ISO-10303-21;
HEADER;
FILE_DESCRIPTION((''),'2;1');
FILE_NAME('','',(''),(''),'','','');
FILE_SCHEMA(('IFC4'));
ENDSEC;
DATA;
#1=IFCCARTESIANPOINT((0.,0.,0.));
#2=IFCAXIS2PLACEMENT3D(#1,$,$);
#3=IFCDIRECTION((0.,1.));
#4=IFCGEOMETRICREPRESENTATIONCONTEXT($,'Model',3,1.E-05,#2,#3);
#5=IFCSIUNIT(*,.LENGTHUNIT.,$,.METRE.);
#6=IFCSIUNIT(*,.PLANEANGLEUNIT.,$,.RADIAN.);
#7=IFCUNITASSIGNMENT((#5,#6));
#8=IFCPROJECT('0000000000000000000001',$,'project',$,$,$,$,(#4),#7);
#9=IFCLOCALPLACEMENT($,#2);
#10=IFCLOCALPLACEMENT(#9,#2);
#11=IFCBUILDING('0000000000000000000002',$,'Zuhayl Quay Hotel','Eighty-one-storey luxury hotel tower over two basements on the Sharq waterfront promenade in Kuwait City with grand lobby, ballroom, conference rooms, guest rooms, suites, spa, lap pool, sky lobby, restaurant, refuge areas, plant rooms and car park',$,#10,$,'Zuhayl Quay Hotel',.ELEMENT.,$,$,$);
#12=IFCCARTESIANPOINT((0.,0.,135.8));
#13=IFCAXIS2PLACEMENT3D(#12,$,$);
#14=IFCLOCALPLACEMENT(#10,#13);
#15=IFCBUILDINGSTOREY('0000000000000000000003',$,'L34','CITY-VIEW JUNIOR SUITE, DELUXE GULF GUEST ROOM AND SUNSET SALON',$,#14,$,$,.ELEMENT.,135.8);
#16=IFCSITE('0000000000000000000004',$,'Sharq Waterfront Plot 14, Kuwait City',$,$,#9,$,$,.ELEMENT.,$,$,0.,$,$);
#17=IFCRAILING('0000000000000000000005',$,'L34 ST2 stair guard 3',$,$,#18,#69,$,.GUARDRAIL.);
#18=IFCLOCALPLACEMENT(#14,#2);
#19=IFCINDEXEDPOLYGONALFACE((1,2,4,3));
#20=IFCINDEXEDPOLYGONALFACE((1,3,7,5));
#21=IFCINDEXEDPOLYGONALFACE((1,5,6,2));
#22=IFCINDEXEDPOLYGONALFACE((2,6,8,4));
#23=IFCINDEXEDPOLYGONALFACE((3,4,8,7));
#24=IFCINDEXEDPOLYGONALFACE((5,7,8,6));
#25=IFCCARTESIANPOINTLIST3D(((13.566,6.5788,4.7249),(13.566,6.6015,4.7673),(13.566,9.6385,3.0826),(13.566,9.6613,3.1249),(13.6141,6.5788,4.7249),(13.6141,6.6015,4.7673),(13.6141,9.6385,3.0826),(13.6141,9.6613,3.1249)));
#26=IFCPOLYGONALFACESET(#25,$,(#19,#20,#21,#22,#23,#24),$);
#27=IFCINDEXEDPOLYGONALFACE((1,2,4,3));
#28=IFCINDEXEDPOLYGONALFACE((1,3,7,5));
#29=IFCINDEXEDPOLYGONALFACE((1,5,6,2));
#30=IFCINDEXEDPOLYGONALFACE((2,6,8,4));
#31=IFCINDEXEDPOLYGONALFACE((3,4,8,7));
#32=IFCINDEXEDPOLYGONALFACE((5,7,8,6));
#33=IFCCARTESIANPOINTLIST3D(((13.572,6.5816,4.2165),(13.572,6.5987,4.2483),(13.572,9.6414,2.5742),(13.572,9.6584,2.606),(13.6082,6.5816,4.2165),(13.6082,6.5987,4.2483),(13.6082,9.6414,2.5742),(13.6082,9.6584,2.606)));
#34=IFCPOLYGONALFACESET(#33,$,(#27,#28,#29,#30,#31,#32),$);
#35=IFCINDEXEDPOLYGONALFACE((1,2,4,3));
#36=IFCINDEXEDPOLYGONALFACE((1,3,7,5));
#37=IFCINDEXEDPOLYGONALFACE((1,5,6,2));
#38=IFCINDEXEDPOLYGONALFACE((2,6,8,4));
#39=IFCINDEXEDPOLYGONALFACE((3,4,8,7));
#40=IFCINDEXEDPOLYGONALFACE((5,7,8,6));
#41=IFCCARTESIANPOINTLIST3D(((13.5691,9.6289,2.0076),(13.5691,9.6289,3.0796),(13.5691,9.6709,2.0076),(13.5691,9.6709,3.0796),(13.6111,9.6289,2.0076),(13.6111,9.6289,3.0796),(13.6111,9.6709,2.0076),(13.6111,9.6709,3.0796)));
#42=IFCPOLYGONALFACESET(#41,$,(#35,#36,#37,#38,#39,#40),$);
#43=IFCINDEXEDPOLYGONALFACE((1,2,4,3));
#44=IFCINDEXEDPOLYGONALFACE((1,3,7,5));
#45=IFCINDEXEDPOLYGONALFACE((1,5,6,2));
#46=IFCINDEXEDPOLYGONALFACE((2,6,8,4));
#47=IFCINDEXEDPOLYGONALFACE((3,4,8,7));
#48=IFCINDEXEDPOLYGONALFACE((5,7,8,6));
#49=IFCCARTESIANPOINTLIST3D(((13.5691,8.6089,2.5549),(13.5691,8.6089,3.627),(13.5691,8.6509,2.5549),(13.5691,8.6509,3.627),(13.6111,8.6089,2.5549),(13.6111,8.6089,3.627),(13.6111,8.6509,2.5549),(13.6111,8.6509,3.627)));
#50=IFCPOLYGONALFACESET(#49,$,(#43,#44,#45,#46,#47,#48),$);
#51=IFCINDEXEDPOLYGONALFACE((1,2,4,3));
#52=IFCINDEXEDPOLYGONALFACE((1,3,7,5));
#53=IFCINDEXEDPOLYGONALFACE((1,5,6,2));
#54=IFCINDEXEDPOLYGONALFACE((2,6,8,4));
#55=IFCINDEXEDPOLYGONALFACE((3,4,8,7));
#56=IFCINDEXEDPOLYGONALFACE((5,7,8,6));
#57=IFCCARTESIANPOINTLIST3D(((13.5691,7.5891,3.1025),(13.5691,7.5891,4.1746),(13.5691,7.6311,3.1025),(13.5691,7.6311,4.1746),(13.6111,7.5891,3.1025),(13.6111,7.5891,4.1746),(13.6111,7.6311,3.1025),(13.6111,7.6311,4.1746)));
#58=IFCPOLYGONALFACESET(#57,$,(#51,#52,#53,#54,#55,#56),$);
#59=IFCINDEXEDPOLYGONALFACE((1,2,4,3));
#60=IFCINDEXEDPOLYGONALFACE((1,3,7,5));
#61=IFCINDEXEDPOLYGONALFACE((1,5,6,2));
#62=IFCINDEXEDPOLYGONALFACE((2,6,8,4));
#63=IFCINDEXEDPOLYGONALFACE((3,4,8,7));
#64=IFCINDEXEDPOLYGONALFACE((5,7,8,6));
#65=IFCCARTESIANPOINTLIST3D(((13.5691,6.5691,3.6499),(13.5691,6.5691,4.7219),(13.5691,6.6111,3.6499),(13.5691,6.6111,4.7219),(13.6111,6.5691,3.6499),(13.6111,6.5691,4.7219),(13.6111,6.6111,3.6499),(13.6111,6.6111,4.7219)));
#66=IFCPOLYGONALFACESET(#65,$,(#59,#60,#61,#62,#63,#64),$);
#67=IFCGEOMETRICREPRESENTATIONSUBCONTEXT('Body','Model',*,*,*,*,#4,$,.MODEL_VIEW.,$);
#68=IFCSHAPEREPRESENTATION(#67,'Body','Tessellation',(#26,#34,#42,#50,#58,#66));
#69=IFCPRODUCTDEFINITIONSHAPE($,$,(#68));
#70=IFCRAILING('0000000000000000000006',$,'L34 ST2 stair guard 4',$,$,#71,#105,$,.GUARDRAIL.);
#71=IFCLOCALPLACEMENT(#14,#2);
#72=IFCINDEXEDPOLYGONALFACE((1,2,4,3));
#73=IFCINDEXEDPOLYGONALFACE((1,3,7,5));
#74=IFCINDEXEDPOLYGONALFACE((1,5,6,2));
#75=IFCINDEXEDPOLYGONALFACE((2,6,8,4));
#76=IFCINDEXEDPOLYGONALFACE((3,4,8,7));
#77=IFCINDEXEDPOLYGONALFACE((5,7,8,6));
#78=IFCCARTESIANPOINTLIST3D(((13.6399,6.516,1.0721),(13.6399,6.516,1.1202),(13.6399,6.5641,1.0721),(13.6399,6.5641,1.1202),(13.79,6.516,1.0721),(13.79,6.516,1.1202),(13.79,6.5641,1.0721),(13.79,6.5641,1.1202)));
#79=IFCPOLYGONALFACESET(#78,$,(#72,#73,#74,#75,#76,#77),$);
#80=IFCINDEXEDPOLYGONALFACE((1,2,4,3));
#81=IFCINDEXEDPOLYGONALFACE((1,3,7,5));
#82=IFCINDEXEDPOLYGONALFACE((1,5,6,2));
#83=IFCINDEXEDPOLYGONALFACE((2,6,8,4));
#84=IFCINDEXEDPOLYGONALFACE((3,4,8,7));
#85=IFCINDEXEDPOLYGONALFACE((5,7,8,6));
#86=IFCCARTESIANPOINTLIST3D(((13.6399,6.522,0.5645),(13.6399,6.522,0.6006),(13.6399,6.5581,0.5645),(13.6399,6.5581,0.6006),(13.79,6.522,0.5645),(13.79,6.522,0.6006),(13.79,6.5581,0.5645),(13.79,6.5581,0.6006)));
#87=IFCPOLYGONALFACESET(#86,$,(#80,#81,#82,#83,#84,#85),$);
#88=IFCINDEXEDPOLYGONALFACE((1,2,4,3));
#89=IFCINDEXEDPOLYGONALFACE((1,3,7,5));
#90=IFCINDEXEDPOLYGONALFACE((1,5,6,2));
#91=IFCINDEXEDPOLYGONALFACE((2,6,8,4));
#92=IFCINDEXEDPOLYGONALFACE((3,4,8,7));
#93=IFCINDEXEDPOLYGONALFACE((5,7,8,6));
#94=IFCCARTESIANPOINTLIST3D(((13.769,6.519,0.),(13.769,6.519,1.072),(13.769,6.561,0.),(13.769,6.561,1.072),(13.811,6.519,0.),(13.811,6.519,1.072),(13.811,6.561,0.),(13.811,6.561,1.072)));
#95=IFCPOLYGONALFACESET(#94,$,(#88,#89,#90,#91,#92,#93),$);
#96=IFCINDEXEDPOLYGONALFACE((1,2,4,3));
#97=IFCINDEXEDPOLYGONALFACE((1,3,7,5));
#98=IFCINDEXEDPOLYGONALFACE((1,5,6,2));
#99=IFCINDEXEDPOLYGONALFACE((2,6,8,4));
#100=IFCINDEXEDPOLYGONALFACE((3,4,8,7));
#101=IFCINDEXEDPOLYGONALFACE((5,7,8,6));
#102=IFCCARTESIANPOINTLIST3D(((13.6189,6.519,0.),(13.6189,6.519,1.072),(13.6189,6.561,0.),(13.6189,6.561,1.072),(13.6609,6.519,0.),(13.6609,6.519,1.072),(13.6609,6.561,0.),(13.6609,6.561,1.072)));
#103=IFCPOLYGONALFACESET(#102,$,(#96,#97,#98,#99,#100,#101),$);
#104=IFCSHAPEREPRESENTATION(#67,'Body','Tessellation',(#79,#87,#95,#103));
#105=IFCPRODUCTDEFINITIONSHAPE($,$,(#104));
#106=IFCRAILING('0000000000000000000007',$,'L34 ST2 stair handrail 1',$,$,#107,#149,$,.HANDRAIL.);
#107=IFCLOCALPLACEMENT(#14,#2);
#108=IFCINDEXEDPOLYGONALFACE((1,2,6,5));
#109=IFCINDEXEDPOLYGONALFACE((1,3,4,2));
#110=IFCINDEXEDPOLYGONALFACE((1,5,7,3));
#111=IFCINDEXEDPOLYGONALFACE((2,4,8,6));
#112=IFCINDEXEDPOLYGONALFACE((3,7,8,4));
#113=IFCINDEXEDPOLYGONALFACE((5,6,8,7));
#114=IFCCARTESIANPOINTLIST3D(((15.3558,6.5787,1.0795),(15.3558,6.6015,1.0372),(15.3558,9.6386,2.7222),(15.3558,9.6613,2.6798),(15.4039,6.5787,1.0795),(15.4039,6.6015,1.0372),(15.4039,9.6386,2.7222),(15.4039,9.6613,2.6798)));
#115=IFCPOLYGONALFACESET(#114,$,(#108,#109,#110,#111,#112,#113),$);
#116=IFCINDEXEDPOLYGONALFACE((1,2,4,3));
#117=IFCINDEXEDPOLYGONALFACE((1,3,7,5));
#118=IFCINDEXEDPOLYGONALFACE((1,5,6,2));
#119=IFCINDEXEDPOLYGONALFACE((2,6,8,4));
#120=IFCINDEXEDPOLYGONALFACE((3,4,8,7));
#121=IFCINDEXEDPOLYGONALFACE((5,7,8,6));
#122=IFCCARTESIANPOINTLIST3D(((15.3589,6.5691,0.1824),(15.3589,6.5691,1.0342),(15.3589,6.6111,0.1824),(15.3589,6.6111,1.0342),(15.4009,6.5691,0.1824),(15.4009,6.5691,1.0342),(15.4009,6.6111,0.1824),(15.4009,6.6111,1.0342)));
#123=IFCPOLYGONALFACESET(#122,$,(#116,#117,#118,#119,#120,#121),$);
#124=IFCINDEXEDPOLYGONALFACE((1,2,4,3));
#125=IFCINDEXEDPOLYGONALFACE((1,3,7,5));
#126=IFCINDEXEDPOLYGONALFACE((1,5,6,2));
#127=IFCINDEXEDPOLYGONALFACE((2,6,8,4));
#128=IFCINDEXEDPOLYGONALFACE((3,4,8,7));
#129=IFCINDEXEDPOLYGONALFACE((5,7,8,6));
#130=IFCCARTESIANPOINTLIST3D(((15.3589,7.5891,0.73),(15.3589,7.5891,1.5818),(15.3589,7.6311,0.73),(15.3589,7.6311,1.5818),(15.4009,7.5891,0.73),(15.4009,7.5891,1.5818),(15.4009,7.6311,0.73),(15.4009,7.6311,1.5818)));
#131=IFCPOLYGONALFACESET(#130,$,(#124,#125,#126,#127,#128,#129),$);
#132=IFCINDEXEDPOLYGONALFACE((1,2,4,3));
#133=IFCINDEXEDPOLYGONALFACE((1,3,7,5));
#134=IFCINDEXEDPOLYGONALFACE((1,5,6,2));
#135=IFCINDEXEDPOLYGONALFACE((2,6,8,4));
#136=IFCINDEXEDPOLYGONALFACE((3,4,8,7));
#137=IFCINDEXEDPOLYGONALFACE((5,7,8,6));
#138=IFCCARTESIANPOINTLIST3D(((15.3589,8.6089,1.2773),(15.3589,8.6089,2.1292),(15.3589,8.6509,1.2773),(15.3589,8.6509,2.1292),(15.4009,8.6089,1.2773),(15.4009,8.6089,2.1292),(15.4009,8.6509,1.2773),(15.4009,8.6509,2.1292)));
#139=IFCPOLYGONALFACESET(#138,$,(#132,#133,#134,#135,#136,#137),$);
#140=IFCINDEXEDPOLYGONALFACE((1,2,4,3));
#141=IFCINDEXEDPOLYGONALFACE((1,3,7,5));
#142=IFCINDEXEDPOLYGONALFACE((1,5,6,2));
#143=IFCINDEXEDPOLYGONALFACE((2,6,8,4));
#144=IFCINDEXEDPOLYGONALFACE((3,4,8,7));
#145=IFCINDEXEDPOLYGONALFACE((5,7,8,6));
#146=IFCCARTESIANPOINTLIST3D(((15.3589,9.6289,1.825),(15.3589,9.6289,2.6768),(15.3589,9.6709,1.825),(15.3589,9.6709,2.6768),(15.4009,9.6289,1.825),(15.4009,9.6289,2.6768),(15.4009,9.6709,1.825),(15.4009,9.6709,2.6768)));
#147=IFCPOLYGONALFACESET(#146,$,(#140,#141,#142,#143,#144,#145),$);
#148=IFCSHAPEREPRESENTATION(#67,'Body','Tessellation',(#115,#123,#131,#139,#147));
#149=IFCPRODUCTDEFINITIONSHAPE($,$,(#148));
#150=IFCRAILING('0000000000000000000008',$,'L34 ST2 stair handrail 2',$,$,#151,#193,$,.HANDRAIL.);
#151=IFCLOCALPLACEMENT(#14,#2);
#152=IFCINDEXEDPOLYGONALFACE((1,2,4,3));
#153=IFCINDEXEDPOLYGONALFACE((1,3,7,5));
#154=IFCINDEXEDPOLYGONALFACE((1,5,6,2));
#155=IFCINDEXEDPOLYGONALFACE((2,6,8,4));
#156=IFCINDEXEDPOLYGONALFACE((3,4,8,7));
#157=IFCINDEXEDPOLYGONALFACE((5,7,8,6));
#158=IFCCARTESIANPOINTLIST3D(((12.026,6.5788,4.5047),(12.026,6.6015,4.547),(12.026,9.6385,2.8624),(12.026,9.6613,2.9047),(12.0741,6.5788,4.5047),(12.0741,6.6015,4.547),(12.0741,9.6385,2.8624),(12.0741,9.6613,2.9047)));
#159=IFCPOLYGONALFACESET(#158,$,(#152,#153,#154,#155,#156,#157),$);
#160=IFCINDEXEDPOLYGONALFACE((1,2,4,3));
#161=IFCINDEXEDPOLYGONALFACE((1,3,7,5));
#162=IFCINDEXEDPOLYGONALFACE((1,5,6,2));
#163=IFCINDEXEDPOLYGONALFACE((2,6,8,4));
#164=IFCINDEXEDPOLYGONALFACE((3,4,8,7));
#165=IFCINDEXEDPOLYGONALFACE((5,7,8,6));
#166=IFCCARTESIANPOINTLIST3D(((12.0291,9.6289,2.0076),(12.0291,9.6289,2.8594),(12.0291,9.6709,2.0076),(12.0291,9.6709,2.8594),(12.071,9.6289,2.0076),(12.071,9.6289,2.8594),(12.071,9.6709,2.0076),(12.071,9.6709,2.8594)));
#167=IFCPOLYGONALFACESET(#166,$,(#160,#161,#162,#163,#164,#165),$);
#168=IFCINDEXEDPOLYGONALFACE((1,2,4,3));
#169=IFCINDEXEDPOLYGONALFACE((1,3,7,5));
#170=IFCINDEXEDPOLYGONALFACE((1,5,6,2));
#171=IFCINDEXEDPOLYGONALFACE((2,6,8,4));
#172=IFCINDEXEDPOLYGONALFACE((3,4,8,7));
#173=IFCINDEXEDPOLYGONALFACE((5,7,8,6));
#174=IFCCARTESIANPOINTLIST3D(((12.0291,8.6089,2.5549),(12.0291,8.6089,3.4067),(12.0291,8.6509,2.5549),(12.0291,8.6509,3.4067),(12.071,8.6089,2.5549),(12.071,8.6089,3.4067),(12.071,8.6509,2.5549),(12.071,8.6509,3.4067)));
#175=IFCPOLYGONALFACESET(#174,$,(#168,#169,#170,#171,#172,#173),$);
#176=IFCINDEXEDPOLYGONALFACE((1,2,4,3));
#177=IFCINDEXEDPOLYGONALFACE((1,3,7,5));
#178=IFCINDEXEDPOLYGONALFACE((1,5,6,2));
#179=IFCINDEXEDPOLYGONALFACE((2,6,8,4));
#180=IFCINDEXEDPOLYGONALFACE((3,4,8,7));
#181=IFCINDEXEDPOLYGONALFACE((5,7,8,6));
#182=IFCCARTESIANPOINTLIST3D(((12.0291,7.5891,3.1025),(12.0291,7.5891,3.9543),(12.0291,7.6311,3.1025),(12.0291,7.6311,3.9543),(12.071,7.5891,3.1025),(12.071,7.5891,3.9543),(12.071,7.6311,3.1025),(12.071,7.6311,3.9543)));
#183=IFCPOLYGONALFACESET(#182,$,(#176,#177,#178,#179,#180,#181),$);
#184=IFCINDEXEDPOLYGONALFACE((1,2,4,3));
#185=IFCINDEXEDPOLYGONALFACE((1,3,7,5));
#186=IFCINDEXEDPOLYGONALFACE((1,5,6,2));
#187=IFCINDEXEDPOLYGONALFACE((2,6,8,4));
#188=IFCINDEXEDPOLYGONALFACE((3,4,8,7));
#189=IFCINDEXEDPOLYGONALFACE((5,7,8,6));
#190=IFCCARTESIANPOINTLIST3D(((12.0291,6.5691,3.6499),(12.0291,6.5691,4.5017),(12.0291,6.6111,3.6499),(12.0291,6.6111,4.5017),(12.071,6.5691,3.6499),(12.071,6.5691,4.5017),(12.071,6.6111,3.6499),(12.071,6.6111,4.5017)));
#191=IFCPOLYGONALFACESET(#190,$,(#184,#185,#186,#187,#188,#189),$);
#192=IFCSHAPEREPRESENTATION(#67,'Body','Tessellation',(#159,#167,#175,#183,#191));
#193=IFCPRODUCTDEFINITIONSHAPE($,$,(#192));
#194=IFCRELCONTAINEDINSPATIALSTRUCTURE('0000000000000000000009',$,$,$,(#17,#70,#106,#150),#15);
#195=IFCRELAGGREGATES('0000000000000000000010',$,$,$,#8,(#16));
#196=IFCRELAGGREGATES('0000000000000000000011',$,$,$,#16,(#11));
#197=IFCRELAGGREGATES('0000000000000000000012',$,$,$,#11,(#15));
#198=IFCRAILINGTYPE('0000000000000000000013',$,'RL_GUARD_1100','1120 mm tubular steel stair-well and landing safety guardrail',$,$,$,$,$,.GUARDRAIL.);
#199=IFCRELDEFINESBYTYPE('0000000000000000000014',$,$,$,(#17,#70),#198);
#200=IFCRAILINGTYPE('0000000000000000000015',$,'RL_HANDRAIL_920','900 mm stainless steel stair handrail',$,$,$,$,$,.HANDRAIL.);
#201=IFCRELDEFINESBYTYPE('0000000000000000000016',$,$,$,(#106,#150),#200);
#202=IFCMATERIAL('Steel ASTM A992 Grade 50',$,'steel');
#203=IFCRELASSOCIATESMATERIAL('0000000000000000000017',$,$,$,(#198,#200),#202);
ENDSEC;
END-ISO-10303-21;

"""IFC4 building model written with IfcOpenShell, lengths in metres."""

from ifc_helpers import new_model, si_unit, direction, frame, origin, origin_2d, place, context, subcontext, project, spatial, rectangle, extrude, material, type_object, element, save


model = new_model("IFC4")

# Units and contexts
model_context = context("Model", 3, precision=1e-05, world=origin(), true_north=direction((0.0, 1.0)))
body_context = subcontext(model_context, "Body", "Model", "MODEL_VIEW")
ifc_project = project(units=[si_unit("LENGTHUNIT", "METRE"), si_unit("PLANEANGLEUNIT", "RADIAN")], contexts=[model_context])

# Site, building, storey
site_placement = place(None, origin())
site = spatial("IfcSite", under=ifc_project, at=site_placement, Name="Sharq Waterfront Plot 14, Kuwait City", CompositionType="ELEMENT", RefElevation=0.0)
building_placement = place(site_placement, origin())
building = spatial("IfcBuilding", under=site, at=building_placement, Name="Zuhayl Quay Hotel", Description="Eighty-one-storey luxury hotel tower over two basements on the Sharq waterfront promenade in Kuwait City with grand lobby, ballroom, conference rooms, guest rooms, suites, spa, lap pool, sky lobby, restaurant, refuge areas, plant rooms and car park", LongName="Zuhayl Quay Hotel", CompositionType="ELEMENT")
storey_placement = place(building_placement, frame((0.0, 0.0, 135.8)))
storey = spatial("IfcBuildingStorey", under=building, at=storey_placement, Name="L34", Description="CITY-VIEW JUNIOR SUITE, DELUXE GULF GUEST ROOM AND SUNSET SALON", CompositionType="ELEMENT", Elevation=135.8)

# Shared definitions
ifc_material_1 = material(Name="Steel ASTM A992 Grade 50", Category="steel")

# Railings
railing_type_1 = type_object("IfcRailingType", Name="RL_GUARD_1100", Description="1120 mm tubular steel stair-well and landing safety guardrail", PredefinedType="GUARDRAIL", material=ifc_material_1)
railing_1_placement = place(storey_placement, frame((13.5901, 9.6499, 2.0076)))
element("IfcRailing", 1, at=railing_1_placement, inside=storey, type_object=railing_type_1, Name="L34 ST2 stair guard 3", PredefinedType="GUARDRAIL", context=body_context, shape_type="SweptSolid", body=[
    extrude(rectangle(XDim=0.0481, YDim=0.0481, at=origin_2d()), frame((0.0, 0.0, 1.0962), z_axis=(0.0, -0.881102, 0.472926), x_axis=(1.0, 0.0, 0.0)), (0.0, 0.0, 1.0), 3.4727),
    extrude(rectangle(XDim=0.0361, YDim=0.0361, at=origin_2d()), frame((0.0, 0.0, 0.5825), z_axis=(0.0, -0.881102, 0.472926), x_axis=(1.0, 0.0, 0.0)), (0.0, 0.0, 1.0), 3.4727),
    extrude(rectangle(XDim=0.042, YDim=0.042, at=origin_2d()), origin(), (0.0, 0.0, 1.0), 1.072),
    extrude(rectangle(XDim=0.042, YDim=0.042, at=origin_2d()), frame((0.0, -1.02, 0.5474)), (0.0, 0.0, 1.0), 1.072),
    extrude(rectangle(XDim=0.042, YDim=0.042, at=origin_2d()), frame((0.0, -2.0398, 1.095)), (0.0, 0.0, 1.0), 1.072),
    extrude(rectangle(XDim=0.042, YDim=0.042, at=origin_2d()), frame((0.0, -3.0598, 1.6423)), (0.0, 0.0, 1.0), 1.072),
])
railing_2_placement = place(storey_placement, frame((13.79, 6.54, 0.0)))
element("IfcRailing", 2, at=railing_2_placement, inside=storey, type_object=railing_type_1, Name="L34 ST2 stair guard 4", PredefinedType="GUARDRAIL", context=body_context, shape_type="SweptSolid", body=[
    extrude(rectangle(XDim=0.0481, YDim=0.0481, at=origin_2d()), frame((0.0, 0.0, 1.0962), z_axis=(-1.0, 0.0, 0.0), x_axis=(0.0, -1.0, 0.0)), (0.0, 0.0, 1.0), 0.1501),
    extrude(rectangle(XDim=0.0361, YDim=0.0361, at=origin_2d()), frame((0.0, 0.0, 0.5825), z_axis=(-1.0, 0.0, 0.0), x_axis=(0.0, -1.0, 0.0)), (0.0, 0.0, 1.0), 0.1501),
    extrude(rectangle(XDim=0.042, YDim=0.042, at=origin_2d()), origin(), (0.0, 0.0, 1.0), 1.072),
    extrude(rectangle(XDim=0.042, YDim=0.042, at=origin_2d()), frame((-0.1501, 0.0, 0.0)), (0.0, 0.0, 1.0), 1.072),
])
railing_type_2 = type_object("IfcRailingType", Name="RL_HANDRAIL_920", Description="900 mm stainless steel stair handrail", PredefinedType="HANDRAIL", material=ifc_material_1)
railing_3_placement = place(storey_placement, frame((15.3799, 6.5901, 0.1824)))
element("IfcRailing", 3, at=railing_3_placement, inside=storey, type_object=railing_type_2, Name="L34 ST2 stair handrail 1", PredefinedType="HANDRAIL", context=body_context, shape_type="SweptSolid", body=[
    extrude(rectangle(XDim=0.0481, YDim=0.0481, at=origin_2d()), frame((0.0, 0.0, 0.876), z_axis=(0.0, 0.881073, 0.47298), x_axis=(-1.0, 0.0, 0.0)), (0.0, 0.0, 1.0), 3.4729),
    extrude(rectangle(XDim=0.042, YDim=0.042, at=origin_2d()), origin(), (0.0, 0.0, 1.0), 0.8518),
    extrude(rectangle(XDim=0.042, YDim=0.042, at=origin_2d()), frame((0.0, 1.02, 0.5476)), (0.0, 0.0, 1.0), 0.8518),
    extrude(rectangle(XDim=0.042, YDim=0.042, at=origin_2d()), frame((0.0, 2.0398, 1.095)), (0.0, 0.0, 1.0), 0.8518),
    extrude(rectangle(XDim=0.042, YDim=0.042, at=origin_2d()), frame((0.0, 3.0598, 1.6426)), (0.0, 0.0, 1.0), 0.8518),
])
railing_4_placement = place(storey_placement, frame((12.05, 9.6499, 2.0076)))
element("IfcRailing", 4, at=railing_4_placement, inside=storey, type_object=railing_type_2, Name="L34 ST2 stair handrail 2", PredefinedType="HANDRAIL", context=body_context, shape_type="SweptSolid", body=[
    extrude(rectangle(XDim=0.0481, YDim=0.0481, at=origin_2d()), frame((0.0, 0.0, 0.876), z_axis=(0.0, -0.881102, 0.472926), x_axis=(1.0, 0.0, 0.0)), (0.0, 0.0, 1.0), 3.4727),
    extrude(rectangle(XDim=0.042, YDim=0.042, at=origin_2d()), origin(), (0.0, 0.0, 1.0), 0.8518),
    extrude(rectangle(XDim=0.042, YDim=0.042, at=origin_2d()), frame((0.0, -1.02, 0.5474)), (0.0, 0.0, 1.0), 0.8518),
    extrude(rectangle(XDim=0.042, YDim=0.042, at=origin_2d()), frame((0.0, -2.0398, 1.095)), (0.0, 0.0, 1.0), 0.8518),
    extrude(rectangle(XDim=0.042, YDim=0.042, at=origin_2d()), frame((0.0, -3.0598, 1.6423)), (0.0, 0.0, 1.0), 0.8518),
])

save(model, "model.ifc")
